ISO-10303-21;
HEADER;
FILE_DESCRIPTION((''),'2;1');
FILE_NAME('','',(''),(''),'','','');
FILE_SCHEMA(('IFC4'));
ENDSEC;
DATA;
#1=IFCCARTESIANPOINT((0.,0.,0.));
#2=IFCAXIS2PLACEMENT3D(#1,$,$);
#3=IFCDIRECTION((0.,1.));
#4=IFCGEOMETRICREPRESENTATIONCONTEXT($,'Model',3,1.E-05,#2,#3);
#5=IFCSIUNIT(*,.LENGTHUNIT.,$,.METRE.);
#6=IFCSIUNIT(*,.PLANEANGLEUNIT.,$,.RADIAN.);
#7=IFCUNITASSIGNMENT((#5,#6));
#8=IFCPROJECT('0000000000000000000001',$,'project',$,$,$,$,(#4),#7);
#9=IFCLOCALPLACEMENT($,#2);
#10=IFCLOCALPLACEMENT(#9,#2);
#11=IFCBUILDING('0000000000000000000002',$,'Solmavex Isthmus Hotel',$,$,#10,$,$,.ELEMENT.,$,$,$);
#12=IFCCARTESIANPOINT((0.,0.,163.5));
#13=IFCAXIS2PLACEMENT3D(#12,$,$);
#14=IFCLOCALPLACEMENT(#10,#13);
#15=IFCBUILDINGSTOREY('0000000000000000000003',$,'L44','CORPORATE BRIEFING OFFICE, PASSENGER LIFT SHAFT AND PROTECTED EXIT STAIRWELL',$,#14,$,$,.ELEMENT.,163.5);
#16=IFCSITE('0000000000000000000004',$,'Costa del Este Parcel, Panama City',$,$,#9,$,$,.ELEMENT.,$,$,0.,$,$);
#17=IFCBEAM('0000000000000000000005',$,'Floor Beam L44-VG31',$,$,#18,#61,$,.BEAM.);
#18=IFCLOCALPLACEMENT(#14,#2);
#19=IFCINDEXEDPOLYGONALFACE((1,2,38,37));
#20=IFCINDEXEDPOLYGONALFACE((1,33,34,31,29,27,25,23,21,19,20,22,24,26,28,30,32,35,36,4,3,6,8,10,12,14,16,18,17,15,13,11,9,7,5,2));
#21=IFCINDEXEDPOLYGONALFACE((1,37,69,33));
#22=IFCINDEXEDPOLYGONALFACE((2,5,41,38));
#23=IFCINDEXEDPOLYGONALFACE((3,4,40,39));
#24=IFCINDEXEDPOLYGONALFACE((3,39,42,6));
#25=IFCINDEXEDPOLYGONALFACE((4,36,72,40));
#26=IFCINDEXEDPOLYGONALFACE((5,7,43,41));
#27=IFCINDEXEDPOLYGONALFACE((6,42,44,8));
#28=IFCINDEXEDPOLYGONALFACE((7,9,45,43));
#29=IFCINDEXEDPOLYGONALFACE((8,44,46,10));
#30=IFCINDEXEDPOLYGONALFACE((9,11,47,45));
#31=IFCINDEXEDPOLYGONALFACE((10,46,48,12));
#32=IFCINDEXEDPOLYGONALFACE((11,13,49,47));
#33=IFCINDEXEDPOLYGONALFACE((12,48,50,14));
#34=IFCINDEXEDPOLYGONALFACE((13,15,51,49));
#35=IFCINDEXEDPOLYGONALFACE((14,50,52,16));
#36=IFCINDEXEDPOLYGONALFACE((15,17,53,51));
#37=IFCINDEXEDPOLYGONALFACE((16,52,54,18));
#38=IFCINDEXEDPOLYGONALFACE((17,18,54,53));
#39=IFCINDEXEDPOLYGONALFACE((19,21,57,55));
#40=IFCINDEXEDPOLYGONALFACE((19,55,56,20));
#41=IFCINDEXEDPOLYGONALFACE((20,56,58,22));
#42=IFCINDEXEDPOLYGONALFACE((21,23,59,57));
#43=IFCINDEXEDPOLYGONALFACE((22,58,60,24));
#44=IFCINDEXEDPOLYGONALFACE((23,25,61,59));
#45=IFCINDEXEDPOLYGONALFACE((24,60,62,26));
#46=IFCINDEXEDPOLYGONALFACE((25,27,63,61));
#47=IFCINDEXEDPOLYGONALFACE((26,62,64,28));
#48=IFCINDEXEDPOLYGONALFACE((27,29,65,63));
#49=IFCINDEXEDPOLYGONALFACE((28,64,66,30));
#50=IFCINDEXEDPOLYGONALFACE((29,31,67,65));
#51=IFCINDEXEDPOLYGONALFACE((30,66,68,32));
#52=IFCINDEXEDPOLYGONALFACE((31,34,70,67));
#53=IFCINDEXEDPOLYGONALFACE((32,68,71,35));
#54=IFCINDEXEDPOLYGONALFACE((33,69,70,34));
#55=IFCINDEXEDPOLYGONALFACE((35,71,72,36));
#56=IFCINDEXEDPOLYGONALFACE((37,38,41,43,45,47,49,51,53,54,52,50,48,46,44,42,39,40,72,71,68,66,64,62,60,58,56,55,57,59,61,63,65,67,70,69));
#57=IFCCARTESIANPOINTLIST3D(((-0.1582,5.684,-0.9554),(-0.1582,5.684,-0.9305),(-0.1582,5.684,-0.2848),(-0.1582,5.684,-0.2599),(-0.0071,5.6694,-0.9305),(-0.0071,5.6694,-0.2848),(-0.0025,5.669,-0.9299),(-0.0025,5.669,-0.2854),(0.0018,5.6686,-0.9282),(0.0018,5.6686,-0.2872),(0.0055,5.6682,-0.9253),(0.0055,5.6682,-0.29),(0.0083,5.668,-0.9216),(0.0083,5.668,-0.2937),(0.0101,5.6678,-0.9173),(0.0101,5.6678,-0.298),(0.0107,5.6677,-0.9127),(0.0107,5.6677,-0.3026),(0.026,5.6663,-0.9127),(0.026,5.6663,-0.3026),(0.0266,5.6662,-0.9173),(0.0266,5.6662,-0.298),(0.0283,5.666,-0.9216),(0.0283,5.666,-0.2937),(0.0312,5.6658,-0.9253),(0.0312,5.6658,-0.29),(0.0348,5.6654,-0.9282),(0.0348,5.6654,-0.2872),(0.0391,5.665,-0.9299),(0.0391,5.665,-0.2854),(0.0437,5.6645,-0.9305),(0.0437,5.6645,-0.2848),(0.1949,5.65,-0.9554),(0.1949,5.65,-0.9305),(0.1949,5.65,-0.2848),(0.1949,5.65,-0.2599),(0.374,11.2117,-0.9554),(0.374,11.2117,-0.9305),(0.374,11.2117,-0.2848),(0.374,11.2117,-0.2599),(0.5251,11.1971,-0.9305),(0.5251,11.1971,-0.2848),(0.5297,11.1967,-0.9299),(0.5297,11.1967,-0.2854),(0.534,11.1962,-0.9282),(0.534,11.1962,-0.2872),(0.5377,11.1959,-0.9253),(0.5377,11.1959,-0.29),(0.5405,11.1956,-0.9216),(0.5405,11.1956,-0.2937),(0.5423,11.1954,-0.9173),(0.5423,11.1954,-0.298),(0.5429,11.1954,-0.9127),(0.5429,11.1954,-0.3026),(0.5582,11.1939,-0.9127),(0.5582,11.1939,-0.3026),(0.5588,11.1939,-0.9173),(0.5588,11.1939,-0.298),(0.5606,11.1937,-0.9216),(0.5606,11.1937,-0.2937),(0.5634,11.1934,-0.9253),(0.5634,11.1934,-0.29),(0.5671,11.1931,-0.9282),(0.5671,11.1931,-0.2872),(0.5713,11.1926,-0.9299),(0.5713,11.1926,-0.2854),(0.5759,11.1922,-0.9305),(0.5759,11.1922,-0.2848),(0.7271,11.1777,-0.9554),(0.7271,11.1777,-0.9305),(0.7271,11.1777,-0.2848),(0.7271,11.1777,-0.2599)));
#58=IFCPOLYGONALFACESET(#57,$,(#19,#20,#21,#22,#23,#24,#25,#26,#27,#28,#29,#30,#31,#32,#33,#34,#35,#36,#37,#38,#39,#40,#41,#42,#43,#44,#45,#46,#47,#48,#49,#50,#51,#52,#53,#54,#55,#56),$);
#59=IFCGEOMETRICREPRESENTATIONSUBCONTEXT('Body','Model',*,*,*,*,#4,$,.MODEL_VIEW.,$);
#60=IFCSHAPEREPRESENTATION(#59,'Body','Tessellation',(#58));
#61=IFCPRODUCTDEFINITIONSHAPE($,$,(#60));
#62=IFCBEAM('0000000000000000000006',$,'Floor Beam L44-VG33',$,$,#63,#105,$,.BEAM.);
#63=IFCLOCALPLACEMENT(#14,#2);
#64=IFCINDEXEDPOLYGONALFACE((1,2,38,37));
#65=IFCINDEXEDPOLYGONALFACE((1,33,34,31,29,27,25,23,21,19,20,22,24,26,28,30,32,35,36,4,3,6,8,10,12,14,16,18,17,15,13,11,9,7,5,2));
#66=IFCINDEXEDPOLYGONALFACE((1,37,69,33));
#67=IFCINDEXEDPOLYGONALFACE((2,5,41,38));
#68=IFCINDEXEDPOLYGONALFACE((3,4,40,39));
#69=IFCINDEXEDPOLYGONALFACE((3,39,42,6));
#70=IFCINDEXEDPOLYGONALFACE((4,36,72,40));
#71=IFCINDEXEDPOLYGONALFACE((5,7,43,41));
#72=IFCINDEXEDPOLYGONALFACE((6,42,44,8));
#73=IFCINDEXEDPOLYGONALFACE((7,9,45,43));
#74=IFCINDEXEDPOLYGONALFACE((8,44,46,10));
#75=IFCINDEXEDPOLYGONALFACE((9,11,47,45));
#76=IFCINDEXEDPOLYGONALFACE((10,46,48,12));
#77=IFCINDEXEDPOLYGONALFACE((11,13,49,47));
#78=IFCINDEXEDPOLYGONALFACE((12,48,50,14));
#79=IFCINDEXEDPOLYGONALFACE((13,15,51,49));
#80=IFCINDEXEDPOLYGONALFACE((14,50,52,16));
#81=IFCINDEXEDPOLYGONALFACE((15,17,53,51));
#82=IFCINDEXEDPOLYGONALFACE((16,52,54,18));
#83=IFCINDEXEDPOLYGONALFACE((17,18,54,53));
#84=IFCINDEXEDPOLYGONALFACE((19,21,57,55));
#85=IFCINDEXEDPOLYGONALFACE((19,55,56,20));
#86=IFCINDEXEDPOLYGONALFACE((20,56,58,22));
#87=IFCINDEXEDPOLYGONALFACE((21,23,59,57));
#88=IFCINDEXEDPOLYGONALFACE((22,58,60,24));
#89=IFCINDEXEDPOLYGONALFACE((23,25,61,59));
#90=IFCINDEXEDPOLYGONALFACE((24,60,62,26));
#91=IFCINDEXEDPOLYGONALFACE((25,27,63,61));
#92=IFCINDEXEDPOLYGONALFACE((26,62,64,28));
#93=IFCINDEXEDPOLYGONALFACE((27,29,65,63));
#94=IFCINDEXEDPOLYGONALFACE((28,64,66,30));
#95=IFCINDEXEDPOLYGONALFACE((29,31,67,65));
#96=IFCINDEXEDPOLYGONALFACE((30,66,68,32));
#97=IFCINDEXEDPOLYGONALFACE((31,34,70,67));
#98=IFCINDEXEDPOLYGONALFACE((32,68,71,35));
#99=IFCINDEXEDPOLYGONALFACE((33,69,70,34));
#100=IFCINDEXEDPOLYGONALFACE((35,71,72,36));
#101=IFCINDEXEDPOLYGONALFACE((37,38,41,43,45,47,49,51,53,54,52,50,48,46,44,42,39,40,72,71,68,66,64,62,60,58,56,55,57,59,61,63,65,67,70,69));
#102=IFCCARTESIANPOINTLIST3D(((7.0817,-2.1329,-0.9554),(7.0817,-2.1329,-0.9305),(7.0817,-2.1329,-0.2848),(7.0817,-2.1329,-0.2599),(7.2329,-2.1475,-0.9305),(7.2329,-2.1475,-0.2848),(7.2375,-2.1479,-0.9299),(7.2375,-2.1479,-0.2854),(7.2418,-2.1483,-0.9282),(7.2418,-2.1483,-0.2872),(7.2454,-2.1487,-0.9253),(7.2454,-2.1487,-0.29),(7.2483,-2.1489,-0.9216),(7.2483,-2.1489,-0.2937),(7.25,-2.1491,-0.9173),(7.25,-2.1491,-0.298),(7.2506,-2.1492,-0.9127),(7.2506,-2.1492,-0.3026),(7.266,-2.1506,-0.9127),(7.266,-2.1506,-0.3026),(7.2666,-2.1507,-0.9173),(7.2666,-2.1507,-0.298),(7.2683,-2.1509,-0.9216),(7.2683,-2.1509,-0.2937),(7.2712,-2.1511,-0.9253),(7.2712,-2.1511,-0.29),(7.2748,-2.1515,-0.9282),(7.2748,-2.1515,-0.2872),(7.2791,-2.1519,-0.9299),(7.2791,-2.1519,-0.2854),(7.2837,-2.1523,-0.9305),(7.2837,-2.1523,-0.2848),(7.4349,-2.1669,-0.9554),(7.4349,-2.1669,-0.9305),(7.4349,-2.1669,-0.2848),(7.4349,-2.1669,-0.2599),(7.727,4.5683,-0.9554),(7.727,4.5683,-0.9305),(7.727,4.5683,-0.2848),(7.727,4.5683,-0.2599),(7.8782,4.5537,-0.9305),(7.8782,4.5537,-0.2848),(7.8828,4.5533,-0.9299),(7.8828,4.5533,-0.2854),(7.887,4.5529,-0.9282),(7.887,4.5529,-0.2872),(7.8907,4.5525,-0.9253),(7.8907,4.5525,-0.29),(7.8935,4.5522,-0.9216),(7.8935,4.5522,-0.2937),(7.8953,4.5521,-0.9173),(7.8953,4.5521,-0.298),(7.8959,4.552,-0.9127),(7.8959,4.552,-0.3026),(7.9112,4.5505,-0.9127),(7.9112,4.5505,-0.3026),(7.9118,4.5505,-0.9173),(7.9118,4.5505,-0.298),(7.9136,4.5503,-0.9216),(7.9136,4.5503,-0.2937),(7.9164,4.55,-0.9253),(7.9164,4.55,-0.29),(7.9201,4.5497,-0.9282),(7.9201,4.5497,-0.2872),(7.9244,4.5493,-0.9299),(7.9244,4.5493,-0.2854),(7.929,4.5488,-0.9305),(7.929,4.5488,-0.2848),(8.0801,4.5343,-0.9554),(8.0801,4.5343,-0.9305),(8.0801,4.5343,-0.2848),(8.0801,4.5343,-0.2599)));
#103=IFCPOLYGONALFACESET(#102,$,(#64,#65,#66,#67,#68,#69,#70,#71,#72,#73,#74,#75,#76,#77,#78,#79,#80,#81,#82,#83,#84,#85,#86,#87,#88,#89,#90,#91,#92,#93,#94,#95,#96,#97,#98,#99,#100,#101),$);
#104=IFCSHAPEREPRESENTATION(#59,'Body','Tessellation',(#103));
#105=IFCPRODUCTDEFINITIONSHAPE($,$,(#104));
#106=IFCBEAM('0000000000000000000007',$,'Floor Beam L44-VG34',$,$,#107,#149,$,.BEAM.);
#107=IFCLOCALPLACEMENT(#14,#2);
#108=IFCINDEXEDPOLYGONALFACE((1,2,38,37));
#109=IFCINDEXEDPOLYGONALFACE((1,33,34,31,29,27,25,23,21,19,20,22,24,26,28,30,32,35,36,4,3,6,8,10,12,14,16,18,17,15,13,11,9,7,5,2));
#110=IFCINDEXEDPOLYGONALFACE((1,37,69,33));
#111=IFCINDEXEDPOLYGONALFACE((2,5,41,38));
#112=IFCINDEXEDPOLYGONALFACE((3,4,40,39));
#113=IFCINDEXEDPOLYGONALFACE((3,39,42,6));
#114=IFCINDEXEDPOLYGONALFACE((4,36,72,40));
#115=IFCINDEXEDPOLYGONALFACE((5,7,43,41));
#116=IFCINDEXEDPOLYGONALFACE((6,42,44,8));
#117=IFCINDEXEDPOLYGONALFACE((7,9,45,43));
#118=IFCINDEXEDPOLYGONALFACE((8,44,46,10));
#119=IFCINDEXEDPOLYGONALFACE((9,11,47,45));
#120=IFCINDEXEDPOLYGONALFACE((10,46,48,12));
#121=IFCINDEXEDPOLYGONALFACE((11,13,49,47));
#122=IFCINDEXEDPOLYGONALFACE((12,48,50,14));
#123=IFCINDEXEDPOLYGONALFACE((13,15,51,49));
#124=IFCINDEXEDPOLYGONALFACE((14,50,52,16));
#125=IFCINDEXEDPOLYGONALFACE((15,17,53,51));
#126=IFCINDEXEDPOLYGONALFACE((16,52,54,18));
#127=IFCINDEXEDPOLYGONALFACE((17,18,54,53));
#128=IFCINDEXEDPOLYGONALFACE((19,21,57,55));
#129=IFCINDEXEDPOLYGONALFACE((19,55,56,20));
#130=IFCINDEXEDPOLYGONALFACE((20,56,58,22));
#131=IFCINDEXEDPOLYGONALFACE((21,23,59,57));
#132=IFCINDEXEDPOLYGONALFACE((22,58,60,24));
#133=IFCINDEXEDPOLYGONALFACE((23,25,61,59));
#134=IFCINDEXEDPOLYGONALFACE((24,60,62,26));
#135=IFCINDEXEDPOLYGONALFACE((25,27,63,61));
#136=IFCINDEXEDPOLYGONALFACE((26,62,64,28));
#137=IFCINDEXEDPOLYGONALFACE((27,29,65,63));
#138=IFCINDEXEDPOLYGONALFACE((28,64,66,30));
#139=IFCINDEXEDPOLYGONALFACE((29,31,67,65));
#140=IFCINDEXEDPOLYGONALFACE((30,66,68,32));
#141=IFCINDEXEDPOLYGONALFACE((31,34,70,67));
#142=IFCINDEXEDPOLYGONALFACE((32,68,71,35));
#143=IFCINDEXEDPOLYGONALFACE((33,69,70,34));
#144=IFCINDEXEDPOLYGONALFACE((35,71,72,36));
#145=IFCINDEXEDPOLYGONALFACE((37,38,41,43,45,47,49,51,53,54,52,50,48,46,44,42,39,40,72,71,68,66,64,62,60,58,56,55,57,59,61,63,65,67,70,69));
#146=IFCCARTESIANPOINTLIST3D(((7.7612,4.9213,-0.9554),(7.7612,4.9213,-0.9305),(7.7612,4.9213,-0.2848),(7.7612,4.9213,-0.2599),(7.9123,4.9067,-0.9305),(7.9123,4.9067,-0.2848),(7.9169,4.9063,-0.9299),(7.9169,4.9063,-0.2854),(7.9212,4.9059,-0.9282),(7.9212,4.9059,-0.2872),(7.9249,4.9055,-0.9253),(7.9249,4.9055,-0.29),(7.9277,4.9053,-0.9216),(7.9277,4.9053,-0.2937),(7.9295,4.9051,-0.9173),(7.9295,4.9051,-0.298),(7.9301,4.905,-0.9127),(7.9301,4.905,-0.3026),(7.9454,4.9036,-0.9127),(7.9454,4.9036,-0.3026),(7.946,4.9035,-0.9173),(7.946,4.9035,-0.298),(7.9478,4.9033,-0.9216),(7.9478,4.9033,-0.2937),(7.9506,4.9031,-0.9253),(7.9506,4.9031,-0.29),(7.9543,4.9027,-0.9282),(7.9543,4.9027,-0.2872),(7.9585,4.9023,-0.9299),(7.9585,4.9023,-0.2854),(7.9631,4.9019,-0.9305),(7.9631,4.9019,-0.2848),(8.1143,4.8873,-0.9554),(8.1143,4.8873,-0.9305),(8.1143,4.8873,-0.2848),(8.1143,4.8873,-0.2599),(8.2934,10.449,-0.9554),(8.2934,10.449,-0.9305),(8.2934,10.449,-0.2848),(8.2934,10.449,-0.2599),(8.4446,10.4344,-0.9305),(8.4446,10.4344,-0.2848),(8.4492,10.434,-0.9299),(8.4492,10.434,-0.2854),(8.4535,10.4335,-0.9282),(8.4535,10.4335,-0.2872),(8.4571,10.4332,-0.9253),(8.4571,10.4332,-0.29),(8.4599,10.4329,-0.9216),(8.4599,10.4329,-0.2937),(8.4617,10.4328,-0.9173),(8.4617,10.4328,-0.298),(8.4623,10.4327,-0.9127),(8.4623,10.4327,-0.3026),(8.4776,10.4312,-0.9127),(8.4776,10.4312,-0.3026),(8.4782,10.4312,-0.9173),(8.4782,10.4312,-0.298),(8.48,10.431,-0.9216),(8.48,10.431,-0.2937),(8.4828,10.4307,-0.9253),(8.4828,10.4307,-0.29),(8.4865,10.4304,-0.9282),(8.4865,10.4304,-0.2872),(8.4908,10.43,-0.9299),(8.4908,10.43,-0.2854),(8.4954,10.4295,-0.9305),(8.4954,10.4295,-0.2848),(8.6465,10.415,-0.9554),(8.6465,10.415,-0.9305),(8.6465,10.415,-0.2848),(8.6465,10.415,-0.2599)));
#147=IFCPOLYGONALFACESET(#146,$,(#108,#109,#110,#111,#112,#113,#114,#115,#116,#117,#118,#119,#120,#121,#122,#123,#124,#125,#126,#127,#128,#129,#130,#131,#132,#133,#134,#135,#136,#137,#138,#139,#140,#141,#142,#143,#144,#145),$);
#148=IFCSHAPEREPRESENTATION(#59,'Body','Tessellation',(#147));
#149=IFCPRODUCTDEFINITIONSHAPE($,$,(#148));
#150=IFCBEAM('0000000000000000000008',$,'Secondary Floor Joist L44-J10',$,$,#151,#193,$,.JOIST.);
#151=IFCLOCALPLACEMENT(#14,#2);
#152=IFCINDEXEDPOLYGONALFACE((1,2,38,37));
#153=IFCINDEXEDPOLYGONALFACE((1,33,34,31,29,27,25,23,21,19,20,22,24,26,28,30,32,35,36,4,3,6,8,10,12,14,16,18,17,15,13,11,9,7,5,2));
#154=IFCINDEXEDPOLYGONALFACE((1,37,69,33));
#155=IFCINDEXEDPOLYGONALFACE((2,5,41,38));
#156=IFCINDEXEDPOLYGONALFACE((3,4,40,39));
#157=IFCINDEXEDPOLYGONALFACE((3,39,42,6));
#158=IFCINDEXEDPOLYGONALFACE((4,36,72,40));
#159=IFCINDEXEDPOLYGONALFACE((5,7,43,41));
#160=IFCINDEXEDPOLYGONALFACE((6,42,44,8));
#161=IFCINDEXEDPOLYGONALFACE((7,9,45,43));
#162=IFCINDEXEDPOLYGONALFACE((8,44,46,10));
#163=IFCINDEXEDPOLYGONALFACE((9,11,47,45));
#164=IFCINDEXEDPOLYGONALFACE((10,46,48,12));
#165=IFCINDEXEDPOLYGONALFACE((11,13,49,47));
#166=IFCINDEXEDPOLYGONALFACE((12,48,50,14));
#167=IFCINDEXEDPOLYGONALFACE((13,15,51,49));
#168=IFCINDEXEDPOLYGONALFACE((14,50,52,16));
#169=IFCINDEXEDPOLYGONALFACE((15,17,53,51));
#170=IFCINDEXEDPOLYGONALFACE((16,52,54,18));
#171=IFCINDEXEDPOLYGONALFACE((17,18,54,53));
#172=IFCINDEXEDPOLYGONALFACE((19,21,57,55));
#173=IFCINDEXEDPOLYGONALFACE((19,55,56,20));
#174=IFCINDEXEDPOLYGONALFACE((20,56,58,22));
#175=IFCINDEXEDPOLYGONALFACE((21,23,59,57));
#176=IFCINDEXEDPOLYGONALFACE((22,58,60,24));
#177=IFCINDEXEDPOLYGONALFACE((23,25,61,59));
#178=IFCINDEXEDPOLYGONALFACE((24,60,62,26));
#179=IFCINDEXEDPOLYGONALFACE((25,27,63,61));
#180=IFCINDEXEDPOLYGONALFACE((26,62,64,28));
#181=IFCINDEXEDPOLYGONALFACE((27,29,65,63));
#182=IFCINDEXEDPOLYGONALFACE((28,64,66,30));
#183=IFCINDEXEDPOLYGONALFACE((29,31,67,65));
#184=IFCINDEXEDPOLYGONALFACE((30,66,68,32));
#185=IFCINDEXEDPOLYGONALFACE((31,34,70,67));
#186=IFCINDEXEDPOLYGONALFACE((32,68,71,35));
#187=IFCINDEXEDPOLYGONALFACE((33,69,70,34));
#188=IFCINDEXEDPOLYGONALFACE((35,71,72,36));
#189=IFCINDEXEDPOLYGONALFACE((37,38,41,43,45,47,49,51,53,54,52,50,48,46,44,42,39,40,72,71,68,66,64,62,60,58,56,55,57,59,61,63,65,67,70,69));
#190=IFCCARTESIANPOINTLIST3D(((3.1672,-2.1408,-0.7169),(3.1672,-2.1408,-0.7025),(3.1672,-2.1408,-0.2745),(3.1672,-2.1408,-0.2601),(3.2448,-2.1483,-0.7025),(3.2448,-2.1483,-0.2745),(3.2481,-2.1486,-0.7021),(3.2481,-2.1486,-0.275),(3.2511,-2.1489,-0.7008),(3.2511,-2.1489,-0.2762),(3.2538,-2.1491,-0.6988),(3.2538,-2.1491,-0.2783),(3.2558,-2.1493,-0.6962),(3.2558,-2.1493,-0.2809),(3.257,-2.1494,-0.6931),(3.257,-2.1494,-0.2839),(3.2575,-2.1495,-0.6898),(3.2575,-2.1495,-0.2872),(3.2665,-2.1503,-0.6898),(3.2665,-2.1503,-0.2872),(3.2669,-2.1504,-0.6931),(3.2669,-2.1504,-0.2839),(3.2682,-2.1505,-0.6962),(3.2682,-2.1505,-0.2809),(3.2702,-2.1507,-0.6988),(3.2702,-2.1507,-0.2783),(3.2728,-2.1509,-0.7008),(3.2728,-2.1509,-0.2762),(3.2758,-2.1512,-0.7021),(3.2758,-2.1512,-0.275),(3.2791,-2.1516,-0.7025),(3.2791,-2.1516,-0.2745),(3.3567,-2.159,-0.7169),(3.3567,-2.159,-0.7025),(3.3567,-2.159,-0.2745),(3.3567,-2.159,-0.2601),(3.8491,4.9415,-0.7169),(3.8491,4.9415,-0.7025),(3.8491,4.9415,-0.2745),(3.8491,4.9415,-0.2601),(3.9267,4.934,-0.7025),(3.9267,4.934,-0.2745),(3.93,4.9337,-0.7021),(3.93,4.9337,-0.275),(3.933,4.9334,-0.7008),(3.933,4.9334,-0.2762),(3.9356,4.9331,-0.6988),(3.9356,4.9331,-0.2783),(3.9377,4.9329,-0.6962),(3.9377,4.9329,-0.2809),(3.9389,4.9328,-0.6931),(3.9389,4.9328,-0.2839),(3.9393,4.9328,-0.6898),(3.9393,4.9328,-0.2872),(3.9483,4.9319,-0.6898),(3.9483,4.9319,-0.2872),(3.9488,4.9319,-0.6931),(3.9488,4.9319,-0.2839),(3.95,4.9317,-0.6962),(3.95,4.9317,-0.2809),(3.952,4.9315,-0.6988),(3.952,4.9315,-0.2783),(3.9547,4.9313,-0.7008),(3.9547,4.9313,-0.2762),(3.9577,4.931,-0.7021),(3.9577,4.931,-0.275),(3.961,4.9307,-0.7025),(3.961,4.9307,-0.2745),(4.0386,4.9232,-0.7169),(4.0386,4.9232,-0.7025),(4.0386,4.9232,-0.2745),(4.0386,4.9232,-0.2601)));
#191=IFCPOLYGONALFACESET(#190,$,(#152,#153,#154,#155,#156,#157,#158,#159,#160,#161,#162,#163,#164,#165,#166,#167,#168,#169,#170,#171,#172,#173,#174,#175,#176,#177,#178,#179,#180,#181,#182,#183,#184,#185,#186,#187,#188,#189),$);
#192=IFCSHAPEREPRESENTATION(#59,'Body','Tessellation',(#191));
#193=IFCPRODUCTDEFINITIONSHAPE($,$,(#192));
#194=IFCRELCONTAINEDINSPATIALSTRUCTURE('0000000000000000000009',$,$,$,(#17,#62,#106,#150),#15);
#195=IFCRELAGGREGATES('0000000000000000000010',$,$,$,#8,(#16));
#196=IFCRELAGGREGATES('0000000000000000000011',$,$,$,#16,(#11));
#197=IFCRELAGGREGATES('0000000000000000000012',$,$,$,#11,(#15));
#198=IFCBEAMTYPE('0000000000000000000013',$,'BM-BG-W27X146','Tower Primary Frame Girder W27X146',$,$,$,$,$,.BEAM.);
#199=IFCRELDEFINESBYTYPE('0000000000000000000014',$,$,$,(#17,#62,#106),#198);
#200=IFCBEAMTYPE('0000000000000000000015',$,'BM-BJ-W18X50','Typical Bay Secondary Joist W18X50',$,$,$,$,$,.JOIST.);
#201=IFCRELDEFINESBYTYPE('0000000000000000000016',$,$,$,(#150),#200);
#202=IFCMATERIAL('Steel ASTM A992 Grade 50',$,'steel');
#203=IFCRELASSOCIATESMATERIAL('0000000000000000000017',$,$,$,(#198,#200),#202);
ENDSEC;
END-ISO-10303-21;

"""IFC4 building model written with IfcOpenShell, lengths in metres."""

from ifc_helpers import new_model, si_unit, direction, frame, origin, origin_2d, place, context, subcontext, project, spatial, i_section, extrude, material, material_profile, profile_set, type_object, element, save


model = new_model("IFC4")

# Units and contexts
model_context = context("Model", 3, precision=1e-05, world=origin(), true_north=direction((0.0, 1.0)))
body_context = subcontext(model_context, "Body", "Model", "MODEL_VIEW")
ifc_project = project(units=[si_unit("LENGTHUNIT", "METRE"), si_unit("PLANEANGLEUNIT", "RADIAN")], contexts=[model_context])

# Site, building, storey
site_placement = place(None, origin())
site = spatial("IfcSite", under=ifc_project, at=site_placement, Name="Costa del Este Parcel, Panama City", CompositionType="ELEMENT", RefElevation=0.0)
building_placement = place(site_placement, origin())
building = spatial("IfcBuilding", under=site, at=building_placement, Name="Solmavex Isthmus Hotel", CompositionType="ELEMENT")
storey_placement = place(building_placement, frame((0.0, 0.0, 163.5)))
storey = spatial("IfcBuildingStorey", under=building, at=storey_placement, Name="L44", Description="CORPORATE BRIEFING OFFICE, PASSENGER LIFT SHAFT AND PROTECTED EXIT STAIRWELL", CompositionType="ELEMENT", Elevation=163.5)

# Beams
ifc_material_1 = material(Name="Steel ASTM A992 Grade 50", Category="steel")
ifc_material_profile_1 = material_profile(ifc_material_1, i_section(OverallWidth=0.3547, OverallDepth=0.6956, WebThickness=0.0154, FlangeThickness=0.0249, FilletRadius=0.0178, at=origin_2d()), Name="W27X146")
ifc_profile_set_1 = profile_set([ifc_material_profile_1], Name="Steel ASTM A992 Grade 50")
beam_type_1 = type_object("IfcBeamType", Name="BM-BG-W27X146", Description="Tower Primary Frame Girder W27X146", PredefinedType="BEAM", material=ifc_profile_set_1)
beam_1_placement = place(storey_placement, frame((0.0183, 5.667, -0.6077), z_axis=(0.095842, 0.995397, 0.0), x_axis=(-0.995397, 0.095842, 0.0)))
element("IfcBeam", 1, at=beam_1_placement, inside=storey, type_object=beam_type_1, Name="Floor Beam L44-VG31", PredefinedType="BEAM", context=body_context, shape_type="SweptSolid", body=[
    extrude(i_section(OverallWidth=0.3547, OverallDepth=0.6956, WebThickness=0.0154, FlangeThickness=0.0249, FilletRadius=0.0178, at=origin_2d()), origin(), (0.0, 0.0, 1.0), 5.5532),
])
beam_2_placement = place(storey_placement, frame((7.2583, -2.1499, -0.6077), z_axis=(0.095848, 0.995396, 0.0), x_axis=(-0.995396, 0.095848, 0.0)))
element("IfcBeam", 2, at=beam_2_placement, inside=storey, type_object=beam_type_1, Name="Floor Beam L44-VG33", PredefinedType="BEAM", context=body_context, shape_type="SweptSolid", body=[
    extrude(i_section(OverallWidth=0.3547, OverallDepth=0.6956, WebThickness=0.0154, FlangeThickness=0.0249, FilletRadius=0.0178, at=origin_2d()), origin(), (0.0, 0.0, 1.0), 6.7322),
])
beam_3_placement = place(storey_placement, frame((7.9377, 4.9043, -0.6077), z_axis=(0.095842, 0.995397, 0.0), x_axis=(-0.995397, 0.095842, 0.0)))
element("IfcBeam", 3, at=beam_3_placement, inside=storey, type_object=beam_type_1, Name="Floor Beam L44-VG34", PredefinedType="BEAM", context=body_context, shape_type="SweptSolid", body=[
    extrude(i_section(OverallWidth=0.3547, OverallDepth=0.6956, WebThickness=0.0154, FlangeThickness=0.0249, FilletRadius=0.0178, at=origin_2d()), origin(), (0.0, 0.0, 1.0), 5.5532),
])
ifc_material_profile_2 = material_profile(ifc_material_1, i_section(OverallWidth=0.1904, OverallDepth=0.4568, WebThickness=0.009, FlangeThickness=0.0144, FilletRadius=0.0127, at=origin_2d()), Name="W18X50")
ifc_profile_set_2 = profile_set([ifc_material_profile_2], Name="Steel ASTM A992 Grade 50")
beam_type_2 = type_object("IfcBeamType", Name="BM-BJ-W18X50", Description="Typical Bay Secondary Joist W18X50", PredefinedType="JOIST", material=ifc_profile_set_2)
beam_4_placement = place(storey_placement, frame((3.262, -2.1499, -0.4885), z_axis=(0.095837, 0.995397, 0.0), x_axis=(-0.995397, 0.095837, 0.0)))
element("IfcBeam", 4, at=beam_4_placement, inside=storey, type_object=beam_type_2, Name="Secondary Floor Joist L44-J10", PredefinedType="JOIST", context=body_context, shape_type="SweptSolid", body=[
    extrude(i_section(OverallWidth=0.1904, OverallDepth=0.4568, WebThickness=0.009, FlangeThickness=0.0144, FilletRadius=0.0127, at=origin_2d()), origin(), (0.0, 0.0, 1.0), 7.115),
])

save(model, "model.ifc")
